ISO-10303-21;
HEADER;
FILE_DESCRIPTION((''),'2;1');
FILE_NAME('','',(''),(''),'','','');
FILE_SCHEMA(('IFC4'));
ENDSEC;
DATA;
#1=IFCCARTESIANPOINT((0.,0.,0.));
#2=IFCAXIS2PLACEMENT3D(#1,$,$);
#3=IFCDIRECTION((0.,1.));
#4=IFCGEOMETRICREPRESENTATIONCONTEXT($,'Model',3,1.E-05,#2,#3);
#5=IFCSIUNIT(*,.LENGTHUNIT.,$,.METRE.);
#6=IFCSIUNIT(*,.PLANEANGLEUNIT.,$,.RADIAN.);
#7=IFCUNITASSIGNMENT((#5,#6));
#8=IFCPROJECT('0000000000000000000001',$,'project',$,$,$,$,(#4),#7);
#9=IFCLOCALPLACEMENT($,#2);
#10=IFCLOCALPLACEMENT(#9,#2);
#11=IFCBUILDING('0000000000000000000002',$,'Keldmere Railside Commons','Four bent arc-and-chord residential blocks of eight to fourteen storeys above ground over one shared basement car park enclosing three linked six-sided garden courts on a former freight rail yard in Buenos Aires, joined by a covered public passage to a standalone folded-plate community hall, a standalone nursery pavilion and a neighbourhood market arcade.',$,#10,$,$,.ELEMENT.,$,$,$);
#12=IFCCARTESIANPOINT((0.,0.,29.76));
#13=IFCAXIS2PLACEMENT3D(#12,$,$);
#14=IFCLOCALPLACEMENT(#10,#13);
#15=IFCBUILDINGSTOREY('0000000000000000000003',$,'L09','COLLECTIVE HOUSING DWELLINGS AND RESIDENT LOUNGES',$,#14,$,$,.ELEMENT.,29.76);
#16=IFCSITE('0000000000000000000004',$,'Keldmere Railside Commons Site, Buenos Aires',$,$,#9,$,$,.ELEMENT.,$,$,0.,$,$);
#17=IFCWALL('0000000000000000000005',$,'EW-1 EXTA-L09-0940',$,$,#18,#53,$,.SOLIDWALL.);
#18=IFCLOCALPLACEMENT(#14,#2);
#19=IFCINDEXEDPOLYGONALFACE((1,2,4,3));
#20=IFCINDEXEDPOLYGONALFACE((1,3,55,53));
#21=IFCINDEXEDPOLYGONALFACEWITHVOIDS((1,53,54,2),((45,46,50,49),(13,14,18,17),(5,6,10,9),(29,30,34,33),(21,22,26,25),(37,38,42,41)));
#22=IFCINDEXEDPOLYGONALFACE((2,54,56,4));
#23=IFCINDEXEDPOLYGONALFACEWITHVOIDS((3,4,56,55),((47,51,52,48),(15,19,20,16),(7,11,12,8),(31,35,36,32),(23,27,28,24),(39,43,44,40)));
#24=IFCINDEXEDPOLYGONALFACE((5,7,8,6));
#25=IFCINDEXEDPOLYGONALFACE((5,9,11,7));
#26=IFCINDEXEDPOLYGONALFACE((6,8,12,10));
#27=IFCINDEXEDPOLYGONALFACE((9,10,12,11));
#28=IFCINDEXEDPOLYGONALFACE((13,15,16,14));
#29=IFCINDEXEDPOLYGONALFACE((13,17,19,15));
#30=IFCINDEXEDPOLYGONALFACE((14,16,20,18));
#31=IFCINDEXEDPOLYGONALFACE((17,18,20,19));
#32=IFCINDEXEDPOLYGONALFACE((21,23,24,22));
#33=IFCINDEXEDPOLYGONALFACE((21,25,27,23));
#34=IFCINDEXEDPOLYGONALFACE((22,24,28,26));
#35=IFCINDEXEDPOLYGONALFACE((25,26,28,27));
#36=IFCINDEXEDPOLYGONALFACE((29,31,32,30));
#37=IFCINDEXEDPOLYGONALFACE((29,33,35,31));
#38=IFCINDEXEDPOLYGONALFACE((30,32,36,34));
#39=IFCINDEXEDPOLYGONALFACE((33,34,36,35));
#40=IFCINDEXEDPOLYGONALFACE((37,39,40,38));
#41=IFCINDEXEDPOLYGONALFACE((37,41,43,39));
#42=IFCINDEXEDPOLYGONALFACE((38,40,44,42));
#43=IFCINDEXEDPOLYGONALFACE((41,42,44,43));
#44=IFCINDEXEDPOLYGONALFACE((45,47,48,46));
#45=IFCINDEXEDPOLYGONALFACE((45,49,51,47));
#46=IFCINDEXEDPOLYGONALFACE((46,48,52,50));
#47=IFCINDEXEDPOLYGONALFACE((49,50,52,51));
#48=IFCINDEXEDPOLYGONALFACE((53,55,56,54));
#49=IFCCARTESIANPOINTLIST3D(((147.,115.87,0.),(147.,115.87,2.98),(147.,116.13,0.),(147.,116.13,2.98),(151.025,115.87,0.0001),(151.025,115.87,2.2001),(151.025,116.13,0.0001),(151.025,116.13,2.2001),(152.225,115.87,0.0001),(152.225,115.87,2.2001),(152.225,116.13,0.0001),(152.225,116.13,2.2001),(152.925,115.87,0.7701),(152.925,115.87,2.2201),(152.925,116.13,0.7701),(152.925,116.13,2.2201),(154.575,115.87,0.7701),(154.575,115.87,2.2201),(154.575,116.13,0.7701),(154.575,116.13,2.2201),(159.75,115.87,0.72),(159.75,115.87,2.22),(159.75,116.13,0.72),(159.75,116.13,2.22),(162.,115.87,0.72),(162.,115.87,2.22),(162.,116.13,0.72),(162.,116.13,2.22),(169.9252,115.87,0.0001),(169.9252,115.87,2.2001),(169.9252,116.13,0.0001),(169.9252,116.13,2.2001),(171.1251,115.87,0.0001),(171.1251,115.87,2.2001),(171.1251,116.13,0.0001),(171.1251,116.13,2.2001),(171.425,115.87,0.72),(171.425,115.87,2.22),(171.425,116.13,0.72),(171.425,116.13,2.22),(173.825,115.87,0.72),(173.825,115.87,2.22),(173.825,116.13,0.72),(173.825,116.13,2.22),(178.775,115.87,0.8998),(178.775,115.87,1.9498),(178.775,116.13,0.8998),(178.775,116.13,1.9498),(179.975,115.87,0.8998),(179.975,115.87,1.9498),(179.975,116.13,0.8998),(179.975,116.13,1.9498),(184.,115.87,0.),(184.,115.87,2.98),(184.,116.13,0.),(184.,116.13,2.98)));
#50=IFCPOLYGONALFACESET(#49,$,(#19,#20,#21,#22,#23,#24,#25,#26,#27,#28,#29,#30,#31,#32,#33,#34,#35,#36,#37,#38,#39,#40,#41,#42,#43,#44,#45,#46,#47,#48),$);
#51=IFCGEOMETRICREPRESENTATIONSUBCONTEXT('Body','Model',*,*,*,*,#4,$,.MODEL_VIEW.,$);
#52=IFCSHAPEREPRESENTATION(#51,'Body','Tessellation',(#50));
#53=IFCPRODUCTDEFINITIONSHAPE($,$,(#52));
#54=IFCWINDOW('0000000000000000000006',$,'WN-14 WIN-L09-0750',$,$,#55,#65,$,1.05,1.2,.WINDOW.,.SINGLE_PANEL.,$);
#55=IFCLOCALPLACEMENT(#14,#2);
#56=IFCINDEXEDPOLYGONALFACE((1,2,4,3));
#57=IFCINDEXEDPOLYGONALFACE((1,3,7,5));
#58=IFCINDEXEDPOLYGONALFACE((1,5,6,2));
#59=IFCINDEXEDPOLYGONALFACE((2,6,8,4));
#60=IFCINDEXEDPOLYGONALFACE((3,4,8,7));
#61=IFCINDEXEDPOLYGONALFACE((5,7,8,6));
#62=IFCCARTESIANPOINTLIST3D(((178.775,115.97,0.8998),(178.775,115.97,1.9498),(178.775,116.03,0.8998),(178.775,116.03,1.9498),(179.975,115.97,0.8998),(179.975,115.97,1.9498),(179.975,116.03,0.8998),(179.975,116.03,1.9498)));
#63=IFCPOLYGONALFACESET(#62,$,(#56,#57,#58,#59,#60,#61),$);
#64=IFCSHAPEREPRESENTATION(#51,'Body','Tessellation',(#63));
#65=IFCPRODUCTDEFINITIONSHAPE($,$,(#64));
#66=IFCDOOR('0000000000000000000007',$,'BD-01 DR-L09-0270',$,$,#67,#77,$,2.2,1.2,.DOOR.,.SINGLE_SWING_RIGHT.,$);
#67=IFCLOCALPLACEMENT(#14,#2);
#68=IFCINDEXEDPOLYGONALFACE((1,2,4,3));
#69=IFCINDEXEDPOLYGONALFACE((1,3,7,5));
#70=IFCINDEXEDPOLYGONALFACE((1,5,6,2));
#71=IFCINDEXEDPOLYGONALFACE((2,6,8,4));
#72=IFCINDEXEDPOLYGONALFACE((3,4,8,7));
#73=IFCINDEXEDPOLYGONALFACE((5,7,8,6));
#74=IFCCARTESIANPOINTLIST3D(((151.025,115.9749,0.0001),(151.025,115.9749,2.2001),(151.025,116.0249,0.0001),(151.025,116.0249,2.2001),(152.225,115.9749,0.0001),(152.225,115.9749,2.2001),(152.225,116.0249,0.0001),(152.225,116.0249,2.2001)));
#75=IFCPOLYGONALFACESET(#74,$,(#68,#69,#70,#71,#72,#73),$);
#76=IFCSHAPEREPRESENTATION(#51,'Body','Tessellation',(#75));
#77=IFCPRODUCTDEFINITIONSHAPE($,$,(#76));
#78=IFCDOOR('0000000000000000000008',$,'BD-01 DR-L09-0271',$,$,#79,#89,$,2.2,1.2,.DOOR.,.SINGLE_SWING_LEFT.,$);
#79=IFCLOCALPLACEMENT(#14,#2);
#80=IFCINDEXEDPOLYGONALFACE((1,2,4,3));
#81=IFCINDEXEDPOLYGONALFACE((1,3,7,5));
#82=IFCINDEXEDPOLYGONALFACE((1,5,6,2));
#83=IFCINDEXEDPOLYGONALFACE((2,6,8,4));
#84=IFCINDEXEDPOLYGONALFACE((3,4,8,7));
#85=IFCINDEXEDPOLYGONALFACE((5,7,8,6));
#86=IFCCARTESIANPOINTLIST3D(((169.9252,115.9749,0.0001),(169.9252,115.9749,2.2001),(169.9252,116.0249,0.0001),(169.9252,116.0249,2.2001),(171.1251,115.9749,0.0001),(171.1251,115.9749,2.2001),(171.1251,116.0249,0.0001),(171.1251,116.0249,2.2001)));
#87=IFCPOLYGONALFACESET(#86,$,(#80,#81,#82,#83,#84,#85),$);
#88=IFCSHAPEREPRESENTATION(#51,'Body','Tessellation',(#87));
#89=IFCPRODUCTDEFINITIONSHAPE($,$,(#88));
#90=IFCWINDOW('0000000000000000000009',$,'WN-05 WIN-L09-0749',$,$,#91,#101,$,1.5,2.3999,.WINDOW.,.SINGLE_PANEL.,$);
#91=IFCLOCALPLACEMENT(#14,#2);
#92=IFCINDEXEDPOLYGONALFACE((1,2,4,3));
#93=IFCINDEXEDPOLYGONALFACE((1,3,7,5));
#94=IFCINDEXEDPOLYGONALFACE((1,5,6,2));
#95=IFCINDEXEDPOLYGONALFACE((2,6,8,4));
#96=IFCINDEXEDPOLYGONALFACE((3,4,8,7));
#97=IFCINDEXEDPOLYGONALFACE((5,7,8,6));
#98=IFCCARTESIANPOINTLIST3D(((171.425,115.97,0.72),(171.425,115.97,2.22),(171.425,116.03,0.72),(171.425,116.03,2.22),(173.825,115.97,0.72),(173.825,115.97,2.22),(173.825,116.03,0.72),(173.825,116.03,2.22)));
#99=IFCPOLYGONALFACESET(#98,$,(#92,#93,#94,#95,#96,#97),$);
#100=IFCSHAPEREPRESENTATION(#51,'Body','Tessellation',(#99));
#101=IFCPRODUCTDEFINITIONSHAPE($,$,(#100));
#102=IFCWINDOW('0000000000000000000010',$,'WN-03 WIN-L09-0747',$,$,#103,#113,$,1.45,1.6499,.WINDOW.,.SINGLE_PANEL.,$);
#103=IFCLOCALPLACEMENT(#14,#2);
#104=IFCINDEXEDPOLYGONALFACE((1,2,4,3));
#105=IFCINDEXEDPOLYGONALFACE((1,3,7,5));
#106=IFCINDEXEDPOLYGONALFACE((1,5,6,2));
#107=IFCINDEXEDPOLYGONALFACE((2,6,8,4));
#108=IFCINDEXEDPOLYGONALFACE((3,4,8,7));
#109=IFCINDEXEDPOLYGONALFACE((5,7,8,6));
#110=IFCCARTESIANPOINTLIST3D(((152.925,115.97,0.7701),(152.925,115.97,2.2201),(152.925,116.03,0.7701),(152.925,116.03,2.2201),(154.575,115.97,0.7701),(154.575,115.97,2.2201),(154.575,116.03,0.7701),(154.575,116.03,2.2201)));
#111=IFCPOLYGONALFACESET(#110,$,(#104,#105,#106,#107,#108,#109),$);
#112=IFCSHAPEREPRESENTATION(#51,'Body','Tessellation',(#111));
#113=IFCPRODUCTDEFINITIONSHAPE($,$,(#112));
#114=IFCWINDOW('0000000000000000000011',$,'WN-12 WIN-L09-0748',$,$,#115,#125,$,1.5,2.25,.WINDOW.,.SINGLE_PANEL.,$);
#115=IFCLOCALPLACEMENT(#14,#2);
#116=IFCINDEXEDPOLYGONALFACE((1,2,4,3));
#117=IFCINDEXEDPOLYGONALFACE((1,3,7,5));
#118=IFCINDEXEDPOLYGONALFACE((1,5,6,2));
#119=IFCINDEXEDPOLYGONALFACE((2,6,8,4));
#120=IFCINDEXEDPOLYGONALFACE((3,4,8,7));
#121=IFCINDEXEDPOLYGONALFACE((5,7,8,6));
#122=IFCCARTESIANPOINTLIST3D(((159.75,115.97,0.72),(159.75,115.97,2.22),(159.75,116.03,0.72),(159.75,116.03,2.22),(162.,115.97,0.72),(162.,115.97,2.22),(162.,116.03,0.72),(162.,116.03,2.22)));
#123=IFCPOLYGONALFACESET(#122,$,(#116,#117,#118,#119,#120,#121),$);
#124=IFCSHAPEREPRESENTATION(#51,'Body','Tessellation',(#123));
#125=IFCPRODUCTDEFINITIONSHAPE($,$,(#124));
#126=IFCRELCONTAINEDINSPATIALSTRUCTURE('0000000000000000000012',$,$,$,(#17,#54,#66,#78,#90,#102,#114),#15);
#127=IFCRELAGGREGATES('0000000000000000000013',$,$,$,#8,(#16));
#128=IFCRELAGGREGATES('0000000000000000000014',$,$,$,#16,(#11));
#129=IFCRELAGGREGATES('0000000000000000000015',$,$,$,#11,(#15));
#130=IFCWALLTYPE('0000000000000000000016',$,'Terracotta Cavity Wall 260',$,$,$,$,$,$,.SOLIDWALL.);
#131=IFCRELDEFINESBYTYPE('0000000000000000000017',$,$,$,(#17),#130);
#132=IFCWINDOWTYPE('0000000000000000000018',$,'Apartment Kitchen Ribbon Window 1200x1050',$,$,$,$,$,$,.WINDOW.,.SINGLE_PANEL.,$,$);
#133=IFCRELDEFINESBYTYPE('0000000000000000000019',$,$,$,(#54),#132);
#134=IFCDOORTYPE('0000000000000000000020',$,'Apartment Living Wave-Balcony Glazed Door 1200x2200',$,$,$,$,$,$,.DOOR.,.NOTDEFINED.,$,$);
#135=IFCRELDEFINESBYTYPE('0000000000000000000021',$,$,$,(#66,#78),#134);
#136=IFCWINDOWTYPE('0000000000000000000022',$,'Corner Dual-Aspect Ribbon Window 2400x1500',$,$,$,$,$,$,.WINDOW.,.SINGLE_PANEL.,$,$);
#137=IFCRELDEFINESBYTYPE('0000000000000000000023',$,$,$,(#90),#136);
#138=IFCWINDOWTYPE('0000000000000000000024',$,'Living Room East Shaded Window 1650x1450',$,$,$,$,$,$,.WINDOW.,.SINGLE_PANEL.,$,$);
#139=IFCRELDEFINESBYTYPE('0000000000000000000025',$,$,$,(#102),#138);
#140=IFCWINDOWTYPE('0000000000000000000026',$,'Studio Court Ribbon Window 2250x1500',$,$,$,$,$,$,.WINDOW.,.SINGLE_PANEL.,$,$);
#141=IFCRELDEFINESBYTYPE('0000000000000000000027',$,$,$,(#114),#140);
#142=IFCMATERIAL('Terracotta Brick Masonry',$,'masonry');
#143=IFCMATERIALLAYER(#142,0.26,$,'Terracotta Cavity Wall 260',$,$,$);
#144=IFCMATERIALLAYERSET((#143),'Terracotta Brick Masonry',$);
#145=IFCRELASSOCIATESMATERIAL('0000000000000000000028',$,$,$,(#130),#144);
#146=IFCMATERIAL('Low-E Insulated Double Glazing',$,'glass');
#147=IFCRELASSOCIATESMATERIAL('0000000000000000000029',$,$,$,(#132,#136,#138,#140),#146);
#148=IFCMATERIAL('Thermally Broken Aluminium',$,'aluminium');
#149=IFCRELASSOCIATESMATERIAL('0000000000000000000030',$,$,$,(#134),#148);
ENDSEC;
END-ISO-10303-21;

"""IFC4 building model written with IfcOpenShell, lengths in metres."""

from ifc_helpers import new_model, si_unit, direction, frame, frame_2d, origin, place, context, subcontext, project, spatial, rectangle, extrude, material, layer, layer_set, type_object, element, fill, save


model = new_model("IFC4")

# Units and contexts
model_context = context("Model", 3, precision=1e-05, world=origin(), true_north=direction((0.0, 1.0)))
body_context = subcontext(model_context, "Body", "Model", "MODEL_VIEW")
ifc_project = project(units=[si_unit("LENGTHUNIT", "METRE"), si_unit("PLANEANGLEUNIT", "RADIAN")], contexts=[model_context])

# Site, building, storey
site_placement = place(None, origin())
site = spatial("IfcSite", under=ifc_project, at=site_placement, Name="Keldmere Railside Commons Site, Buenos Aires", CompositionType="ELEMENT", RefElevation=0.0)
building_placement = place(site_placement, origin())
building = spatial("IfcBuilding", under=site, at=building_placement, Name="Keldmere Railside Commons", Description="Four bent arc-and-chord residential blocks of eight to fourteen storeys above ground over one shared basement car park enclosing three linked six-sided garden courts on a former freight rail yard in Buenos Aires, joined by a covered public passage to a standalone folded-plate community hall, a standalone nursery pavilion and a neighbourhood market arcade.", CompositionType="ELEMENT")
storey_placement = place(building_placement, frame((0.0, 0.0, 29.76)))
storey = spatial("IfcBuildingStorey", under=building, at=storey_placement, Name="L09", Description="COLLECTIVE HOUSING DWELLINGS AND RESIDENT LOUNGES", CompositionType="ELEMENT", Elevation=29.76)

# Wall, openings, windows, doors
ifc_material_1 = material(Name="Terracotta Brick Masonry", Category="masonry")
ifc_layer_1 = layer(ifc_material_1, 0.26, Name="Terracotta Cavity Wall 260")
ifc_layer_set_1 = layer_set([ifc_layer_1], Name="Terracotta Brick Masonry")
wall_type_1 = type_object("IfcWallType", Name="Terracotta Cavity Wall 260", PredefinedType="SOLIDWALL", material=ifc_layer_set_1)
wall_1_placement = place(storey_placement, frame((147.0, 116.0, 0.0), z_axis=(0.0, 0.0, 1.0), x_axis=(1.0, 0.0, 0.0)))
wall_1 = element("IfcWall", 1, at=wall_1_placement, inside=storey, type_object=wall_type_1, Name="EW-1 EXTA-L09-0940", PredefinedType="SOLIDWALL", context=body_context, shape_type="SweptSolid", body=[
    extrude(rectangle(XDim=37.0, YDim=0.26, at=frame_2d((18.5, 0.0))), origin(), (0.0, 0.0, 1.0), 2.98),
])
opening_1_placement = place(wall_1_placement, frame((4.0249, 0.0, 0.0)))
opening_1 = element("IfcOpeningElement", 2, at=opening_1_placement, cuts=wall_1, PredefinedType="OPENING", context=body_context, shape_type="SweptSolid", body=[
    extrude(rectangle(XDim=1.2, YDim=2.2, at=frame_2d((0.6001, 1.1001))), frame((0.0, 0.1399, 0.0), z_axis=(0.0, -1.0, 0.0), x_axis=(1.0, 0.0, 0.0)), (0.0, 0.0, 1.0), 0.28),
])
opening_2_placement = place(wall_1_placement, frame((5.925, 0.0, 0.77)))
opening_2 = element("IfcOpeningElement", 3, at=opening_2_placement, cuts=wall_1, PredefinedType="OPENING", context=body_context, shape_type="SweptSolid", body=[
    extrude(rectangle(XDim=1.6499, YDim=1.45, at=frame_2d((0.825, 0.7251))), frame((0.0, 0.1399, 0.0), z_axis=(0.0, -1.0, 0.0), x_axis=(1.0, 0.0, 0.0)), (0.0, 0.0, 1.0), 0.28),
])
opening_3_placement = place(wall_1_placement, frame((12.75, 0.0, 0.72)))
opening_3 = element("IfcOpeningElement", 4, at=opening_3_placement, cuts=wall_1, PredefinedType="OPENING", context=body_context, shape_type="SweptSolid", body=[
    extrude(rectangle(XDim=2.25, YDim=1.5, at=frame_2d((1.125, 0.75))), frame((0.0, 0.1399, 0.0), z_axis=(0.0, -1.0, 0.0), x_axis=(1.0, 0.0, 0.0)), (0.0, 0.0, 1.0), 0.28),
])
opening_4_placement = place(wall_1_placement, frame((22.925, 0.0, 0.0)))
opening_4 = element("IfcOpeningElement", 5, at=opening_4_placement, cuts=wall_1, PredefinedType="OPENING", context=body_context, shape_type="SweptSolid", body=[
    extrude(rectangle(XDim=1.2, YDim=2.2, at=frame_2d((0.6001, 1.1001))), frame((0.0, 0.1399, 0.0), z_axis=(0.0, -1.0, 0.0), x_axis=(1.0, 0.0, 0.0)), (0.0, 0.0, 1.0), 0.28),
])
opening_5_placement = place(wall_1_placement, frame((24.425, 0.0, 0.72)))
opening_5 = element("IfcOpeningElement", 6, at=opening_5_placement, cuts=wall_1, PredefinedType="OPENING", context=body_context, shape_type="SweptSolid", body=[
    extrude(rectangle(XDim=2.3999, YDim=1.5, at=frame_2d((1.2, 0.75))), frame((0.0, 0.1399, 0.0), z_axis=(0.0, -1.0, 0.0), x_axis=(1.0, 0.0, 0.0)), (0.0, 0.0, 1.0), 0.28),
])
opening_6_placement = place(wall_1_placement, frame((31.7749, 0.0, 0.8999)))
opening_6 = element("IfcOpeningElement", 7, at=opening_6_placement, cuts=wall_1, PredefinedType="OPENING", context=body_context, shape_type="SweptSolid", body=[
    extrude(rectangle(XDim=1.2, YDim=1.05, at=frame_2d((0.6001, 0.5249))), frame((0.0, 0.1399, 0.0), z_axis=(0.0, -1.0, 0.0), x_axis=(1.0, 0.0, 0.0)), (0.0, 0.0, 1.0), 0.28),
])
ifc_material_2 = material(Name="Low-E Insulated Double Glazing", Category="glass")
window_type_1 = type_object("IfcWindowType", Name="Apartment Kitchen Ribbon Window 1200x1050", PartitioningType="SINGLE_PANEL", PredefinedType="WINDOW", material=ifc_material_2)
window_1_placement = place(opening_6_placement, origin())
window_1 = element("IfcWindow", 8, at=window_1_placement, inside=storey, type_object=window_type_1, Name="WN-14 WIN-L09-0750", OverallHeight=1.05, OverallWidth=1.2, PartitioningType="SINGLE_PANEL", PredefinedType="WINDOW", context=body_context, shape_type="SweptSolid", body=[
    extrude(rectangle(XDim=1.2, YDim=1.05, at=frame_2d((0.6001, 0.5249))), frame((0.0, 0.03, 0.0), z_axis=(0.0, -1.0, 0.0), x_axis=(1.0, 0.0, 0.0)), (0.0, 0.0, 1.0), 0.0601),
])
fill(opening_6, window_1)
ifc_material_3 = material(Name="Thermally Broken Aluminium", Category="aluminium")
door_type_1 = type_object("IfcDoorType", Name="Apartment Living Wave-Balcony Glazed Door 1200x2200", OperationType="NOTDEFINED", PredefinedType="DOOR", material=ifc_material_3)
door_1_placement = place(opening_1_placement, origin())
door_1 = element("IfcDoor", 9, at=door_1_placement, inside=storey, type_object=door_type_1, Name="BD-01 DR-L09-0270", OperationType="SINGLE_SWING_RIGHT", OverallHeight=2.2, OverallWidth=1.2, PredefinedType="DOOR", context=body_context, shape_type="SweptSolid", body=[
    extrude(rectangle(XDim=1.2, YDim=2.2, at=frame_2d((0.6001, 1.1001))), frame((0.0, 0.0249, 0.0), z_axis=(0.0, -1.0, 0.0), x_axis=(1.0, 0.0, 0.0)), (0.0, 0.0, 1.0), 0.05),
])
fill(opening_1, door_1)
door_2_placement = place(opening_4_placement, origin())
door_2 = element("IfcDoor", 10, at=door_2_placement, inside=storey, type_object=door_type_1, Name="BD-01 DR-L09-0271", OperationType="SINGLE_SWING_LEFT", OverallHeight=2.2, OverallWidth=1.2, PredefinedType="DOOR", context=body_context, shape_type="SweptSolid", body=[
    extrude(rectangle(XDim=1.2, YDim=2.2, at=frame_2d((0.6001, 1.1001))), frame((0.0, 0.0249, 0.0), z_axis=(0.0, -1.0, 0.0), x_axis=(1.0, 0.0, 0.0)), (0.0, 0.0, 1.0), 0.05),
])
fill(opening_4, door_2)
window_type_2 = type_object("IfcWindowType", Name="Corner Dual-Aspect Ribbon Window 2400x1500", PartitioningType="SINGLE_PANEL", PredefinedType="WINDOW", material=ifc_material_2)
window_2_placement = place(opening_5_placement, origin())
window_2 = element("IfcWindow", 11, at=window_2_placement, inside=storey, type_object=window_type_2, Name="WN-05 WIN-L09-0749", OverallHeight=1.5, OverallWidth=2.3999, PartitioningType="SINGLE_PANEL", PredefinedType="WINDOW", context=body_context, shape_type="SweptSolid", body=[
    extrude(rectangle(XDim=2.3999, YDim=1.5, at=frame_2d((1.2, 0.75))), frame((0.0, 0.03, 0.0), z_axis=(0.0, -1.0, 0.0), x_axis=(1.0, 0.0, 0.0)), (0.0, 0.0, 1.0), 0.0601),
])
fill(opening_5, window_2)
window_type_3 = type_object("IfcWindowType", Name="Living Room East Shaded Window 1650x1450", PartitioningType="SINGLE_PANEL", PredefinedType="WINDOW", material=ifc_material_2)
window_3_placement = place(opening_2_placement, origin())
window_3 = element("IfcWindow", 12, at=window_3_placement, inside=storey, type_object=window_type_3, Name="WN-03 WIN-L09-0747", OverallHeight=1.45, OverallWidth=1.6499, PartitioningType="SINGLE_PANEL", PredefinedType="WINDOW", context=body_context, shape_type="SweptSolid", body=[
    extrude(rectangle(XDim=1.6499, YDim=1.45, at=frame_2d((0.825, 0.7251))), frame((0.0, 0.03, 0.0), z_axis=(0.0, -1.0, 0.0), x_axis=(1.0, 0.0, 0.0)), (0.0, 0.0, 1.0), 0.0601),
])
fill(opening_2, window_3)
window_type_4 = type_object("IfcWindowType", Name="Studio Court Ribbon Window 2250x1500", PartitioningType="SINGLE_PANEL", PredefinedType="WINDOW", material=ifc_material_2)
window_4_placement = place(opening_3_placement, origin())
window_4 = element("IfcWindow", 13, at=window_4_placement, inside=storey, type_object=window_type_4, Name="WN-12 WIN-L09-0748", OverallHeight=1.5, OverallWidth=2.25, PartitioningType="SINGLE_PANEL", PredefinedType="WINDOW", context=body_context, shape_type="SweptSolid", body=[
    extrude(rectangle(XDim=2.25, YDim=1.5, at=frame_2d((1.125, 0.75))), frame((0.0, 0.03, 0.0), z_axis=(0.0, -1.0, 0.0), x_axis=(1.0, 0.0, 0.0)), (0.0, 0.0, 1.0), 0.0601),
])
fill(opening_3, window_4)

save(model, "model.ifc")
